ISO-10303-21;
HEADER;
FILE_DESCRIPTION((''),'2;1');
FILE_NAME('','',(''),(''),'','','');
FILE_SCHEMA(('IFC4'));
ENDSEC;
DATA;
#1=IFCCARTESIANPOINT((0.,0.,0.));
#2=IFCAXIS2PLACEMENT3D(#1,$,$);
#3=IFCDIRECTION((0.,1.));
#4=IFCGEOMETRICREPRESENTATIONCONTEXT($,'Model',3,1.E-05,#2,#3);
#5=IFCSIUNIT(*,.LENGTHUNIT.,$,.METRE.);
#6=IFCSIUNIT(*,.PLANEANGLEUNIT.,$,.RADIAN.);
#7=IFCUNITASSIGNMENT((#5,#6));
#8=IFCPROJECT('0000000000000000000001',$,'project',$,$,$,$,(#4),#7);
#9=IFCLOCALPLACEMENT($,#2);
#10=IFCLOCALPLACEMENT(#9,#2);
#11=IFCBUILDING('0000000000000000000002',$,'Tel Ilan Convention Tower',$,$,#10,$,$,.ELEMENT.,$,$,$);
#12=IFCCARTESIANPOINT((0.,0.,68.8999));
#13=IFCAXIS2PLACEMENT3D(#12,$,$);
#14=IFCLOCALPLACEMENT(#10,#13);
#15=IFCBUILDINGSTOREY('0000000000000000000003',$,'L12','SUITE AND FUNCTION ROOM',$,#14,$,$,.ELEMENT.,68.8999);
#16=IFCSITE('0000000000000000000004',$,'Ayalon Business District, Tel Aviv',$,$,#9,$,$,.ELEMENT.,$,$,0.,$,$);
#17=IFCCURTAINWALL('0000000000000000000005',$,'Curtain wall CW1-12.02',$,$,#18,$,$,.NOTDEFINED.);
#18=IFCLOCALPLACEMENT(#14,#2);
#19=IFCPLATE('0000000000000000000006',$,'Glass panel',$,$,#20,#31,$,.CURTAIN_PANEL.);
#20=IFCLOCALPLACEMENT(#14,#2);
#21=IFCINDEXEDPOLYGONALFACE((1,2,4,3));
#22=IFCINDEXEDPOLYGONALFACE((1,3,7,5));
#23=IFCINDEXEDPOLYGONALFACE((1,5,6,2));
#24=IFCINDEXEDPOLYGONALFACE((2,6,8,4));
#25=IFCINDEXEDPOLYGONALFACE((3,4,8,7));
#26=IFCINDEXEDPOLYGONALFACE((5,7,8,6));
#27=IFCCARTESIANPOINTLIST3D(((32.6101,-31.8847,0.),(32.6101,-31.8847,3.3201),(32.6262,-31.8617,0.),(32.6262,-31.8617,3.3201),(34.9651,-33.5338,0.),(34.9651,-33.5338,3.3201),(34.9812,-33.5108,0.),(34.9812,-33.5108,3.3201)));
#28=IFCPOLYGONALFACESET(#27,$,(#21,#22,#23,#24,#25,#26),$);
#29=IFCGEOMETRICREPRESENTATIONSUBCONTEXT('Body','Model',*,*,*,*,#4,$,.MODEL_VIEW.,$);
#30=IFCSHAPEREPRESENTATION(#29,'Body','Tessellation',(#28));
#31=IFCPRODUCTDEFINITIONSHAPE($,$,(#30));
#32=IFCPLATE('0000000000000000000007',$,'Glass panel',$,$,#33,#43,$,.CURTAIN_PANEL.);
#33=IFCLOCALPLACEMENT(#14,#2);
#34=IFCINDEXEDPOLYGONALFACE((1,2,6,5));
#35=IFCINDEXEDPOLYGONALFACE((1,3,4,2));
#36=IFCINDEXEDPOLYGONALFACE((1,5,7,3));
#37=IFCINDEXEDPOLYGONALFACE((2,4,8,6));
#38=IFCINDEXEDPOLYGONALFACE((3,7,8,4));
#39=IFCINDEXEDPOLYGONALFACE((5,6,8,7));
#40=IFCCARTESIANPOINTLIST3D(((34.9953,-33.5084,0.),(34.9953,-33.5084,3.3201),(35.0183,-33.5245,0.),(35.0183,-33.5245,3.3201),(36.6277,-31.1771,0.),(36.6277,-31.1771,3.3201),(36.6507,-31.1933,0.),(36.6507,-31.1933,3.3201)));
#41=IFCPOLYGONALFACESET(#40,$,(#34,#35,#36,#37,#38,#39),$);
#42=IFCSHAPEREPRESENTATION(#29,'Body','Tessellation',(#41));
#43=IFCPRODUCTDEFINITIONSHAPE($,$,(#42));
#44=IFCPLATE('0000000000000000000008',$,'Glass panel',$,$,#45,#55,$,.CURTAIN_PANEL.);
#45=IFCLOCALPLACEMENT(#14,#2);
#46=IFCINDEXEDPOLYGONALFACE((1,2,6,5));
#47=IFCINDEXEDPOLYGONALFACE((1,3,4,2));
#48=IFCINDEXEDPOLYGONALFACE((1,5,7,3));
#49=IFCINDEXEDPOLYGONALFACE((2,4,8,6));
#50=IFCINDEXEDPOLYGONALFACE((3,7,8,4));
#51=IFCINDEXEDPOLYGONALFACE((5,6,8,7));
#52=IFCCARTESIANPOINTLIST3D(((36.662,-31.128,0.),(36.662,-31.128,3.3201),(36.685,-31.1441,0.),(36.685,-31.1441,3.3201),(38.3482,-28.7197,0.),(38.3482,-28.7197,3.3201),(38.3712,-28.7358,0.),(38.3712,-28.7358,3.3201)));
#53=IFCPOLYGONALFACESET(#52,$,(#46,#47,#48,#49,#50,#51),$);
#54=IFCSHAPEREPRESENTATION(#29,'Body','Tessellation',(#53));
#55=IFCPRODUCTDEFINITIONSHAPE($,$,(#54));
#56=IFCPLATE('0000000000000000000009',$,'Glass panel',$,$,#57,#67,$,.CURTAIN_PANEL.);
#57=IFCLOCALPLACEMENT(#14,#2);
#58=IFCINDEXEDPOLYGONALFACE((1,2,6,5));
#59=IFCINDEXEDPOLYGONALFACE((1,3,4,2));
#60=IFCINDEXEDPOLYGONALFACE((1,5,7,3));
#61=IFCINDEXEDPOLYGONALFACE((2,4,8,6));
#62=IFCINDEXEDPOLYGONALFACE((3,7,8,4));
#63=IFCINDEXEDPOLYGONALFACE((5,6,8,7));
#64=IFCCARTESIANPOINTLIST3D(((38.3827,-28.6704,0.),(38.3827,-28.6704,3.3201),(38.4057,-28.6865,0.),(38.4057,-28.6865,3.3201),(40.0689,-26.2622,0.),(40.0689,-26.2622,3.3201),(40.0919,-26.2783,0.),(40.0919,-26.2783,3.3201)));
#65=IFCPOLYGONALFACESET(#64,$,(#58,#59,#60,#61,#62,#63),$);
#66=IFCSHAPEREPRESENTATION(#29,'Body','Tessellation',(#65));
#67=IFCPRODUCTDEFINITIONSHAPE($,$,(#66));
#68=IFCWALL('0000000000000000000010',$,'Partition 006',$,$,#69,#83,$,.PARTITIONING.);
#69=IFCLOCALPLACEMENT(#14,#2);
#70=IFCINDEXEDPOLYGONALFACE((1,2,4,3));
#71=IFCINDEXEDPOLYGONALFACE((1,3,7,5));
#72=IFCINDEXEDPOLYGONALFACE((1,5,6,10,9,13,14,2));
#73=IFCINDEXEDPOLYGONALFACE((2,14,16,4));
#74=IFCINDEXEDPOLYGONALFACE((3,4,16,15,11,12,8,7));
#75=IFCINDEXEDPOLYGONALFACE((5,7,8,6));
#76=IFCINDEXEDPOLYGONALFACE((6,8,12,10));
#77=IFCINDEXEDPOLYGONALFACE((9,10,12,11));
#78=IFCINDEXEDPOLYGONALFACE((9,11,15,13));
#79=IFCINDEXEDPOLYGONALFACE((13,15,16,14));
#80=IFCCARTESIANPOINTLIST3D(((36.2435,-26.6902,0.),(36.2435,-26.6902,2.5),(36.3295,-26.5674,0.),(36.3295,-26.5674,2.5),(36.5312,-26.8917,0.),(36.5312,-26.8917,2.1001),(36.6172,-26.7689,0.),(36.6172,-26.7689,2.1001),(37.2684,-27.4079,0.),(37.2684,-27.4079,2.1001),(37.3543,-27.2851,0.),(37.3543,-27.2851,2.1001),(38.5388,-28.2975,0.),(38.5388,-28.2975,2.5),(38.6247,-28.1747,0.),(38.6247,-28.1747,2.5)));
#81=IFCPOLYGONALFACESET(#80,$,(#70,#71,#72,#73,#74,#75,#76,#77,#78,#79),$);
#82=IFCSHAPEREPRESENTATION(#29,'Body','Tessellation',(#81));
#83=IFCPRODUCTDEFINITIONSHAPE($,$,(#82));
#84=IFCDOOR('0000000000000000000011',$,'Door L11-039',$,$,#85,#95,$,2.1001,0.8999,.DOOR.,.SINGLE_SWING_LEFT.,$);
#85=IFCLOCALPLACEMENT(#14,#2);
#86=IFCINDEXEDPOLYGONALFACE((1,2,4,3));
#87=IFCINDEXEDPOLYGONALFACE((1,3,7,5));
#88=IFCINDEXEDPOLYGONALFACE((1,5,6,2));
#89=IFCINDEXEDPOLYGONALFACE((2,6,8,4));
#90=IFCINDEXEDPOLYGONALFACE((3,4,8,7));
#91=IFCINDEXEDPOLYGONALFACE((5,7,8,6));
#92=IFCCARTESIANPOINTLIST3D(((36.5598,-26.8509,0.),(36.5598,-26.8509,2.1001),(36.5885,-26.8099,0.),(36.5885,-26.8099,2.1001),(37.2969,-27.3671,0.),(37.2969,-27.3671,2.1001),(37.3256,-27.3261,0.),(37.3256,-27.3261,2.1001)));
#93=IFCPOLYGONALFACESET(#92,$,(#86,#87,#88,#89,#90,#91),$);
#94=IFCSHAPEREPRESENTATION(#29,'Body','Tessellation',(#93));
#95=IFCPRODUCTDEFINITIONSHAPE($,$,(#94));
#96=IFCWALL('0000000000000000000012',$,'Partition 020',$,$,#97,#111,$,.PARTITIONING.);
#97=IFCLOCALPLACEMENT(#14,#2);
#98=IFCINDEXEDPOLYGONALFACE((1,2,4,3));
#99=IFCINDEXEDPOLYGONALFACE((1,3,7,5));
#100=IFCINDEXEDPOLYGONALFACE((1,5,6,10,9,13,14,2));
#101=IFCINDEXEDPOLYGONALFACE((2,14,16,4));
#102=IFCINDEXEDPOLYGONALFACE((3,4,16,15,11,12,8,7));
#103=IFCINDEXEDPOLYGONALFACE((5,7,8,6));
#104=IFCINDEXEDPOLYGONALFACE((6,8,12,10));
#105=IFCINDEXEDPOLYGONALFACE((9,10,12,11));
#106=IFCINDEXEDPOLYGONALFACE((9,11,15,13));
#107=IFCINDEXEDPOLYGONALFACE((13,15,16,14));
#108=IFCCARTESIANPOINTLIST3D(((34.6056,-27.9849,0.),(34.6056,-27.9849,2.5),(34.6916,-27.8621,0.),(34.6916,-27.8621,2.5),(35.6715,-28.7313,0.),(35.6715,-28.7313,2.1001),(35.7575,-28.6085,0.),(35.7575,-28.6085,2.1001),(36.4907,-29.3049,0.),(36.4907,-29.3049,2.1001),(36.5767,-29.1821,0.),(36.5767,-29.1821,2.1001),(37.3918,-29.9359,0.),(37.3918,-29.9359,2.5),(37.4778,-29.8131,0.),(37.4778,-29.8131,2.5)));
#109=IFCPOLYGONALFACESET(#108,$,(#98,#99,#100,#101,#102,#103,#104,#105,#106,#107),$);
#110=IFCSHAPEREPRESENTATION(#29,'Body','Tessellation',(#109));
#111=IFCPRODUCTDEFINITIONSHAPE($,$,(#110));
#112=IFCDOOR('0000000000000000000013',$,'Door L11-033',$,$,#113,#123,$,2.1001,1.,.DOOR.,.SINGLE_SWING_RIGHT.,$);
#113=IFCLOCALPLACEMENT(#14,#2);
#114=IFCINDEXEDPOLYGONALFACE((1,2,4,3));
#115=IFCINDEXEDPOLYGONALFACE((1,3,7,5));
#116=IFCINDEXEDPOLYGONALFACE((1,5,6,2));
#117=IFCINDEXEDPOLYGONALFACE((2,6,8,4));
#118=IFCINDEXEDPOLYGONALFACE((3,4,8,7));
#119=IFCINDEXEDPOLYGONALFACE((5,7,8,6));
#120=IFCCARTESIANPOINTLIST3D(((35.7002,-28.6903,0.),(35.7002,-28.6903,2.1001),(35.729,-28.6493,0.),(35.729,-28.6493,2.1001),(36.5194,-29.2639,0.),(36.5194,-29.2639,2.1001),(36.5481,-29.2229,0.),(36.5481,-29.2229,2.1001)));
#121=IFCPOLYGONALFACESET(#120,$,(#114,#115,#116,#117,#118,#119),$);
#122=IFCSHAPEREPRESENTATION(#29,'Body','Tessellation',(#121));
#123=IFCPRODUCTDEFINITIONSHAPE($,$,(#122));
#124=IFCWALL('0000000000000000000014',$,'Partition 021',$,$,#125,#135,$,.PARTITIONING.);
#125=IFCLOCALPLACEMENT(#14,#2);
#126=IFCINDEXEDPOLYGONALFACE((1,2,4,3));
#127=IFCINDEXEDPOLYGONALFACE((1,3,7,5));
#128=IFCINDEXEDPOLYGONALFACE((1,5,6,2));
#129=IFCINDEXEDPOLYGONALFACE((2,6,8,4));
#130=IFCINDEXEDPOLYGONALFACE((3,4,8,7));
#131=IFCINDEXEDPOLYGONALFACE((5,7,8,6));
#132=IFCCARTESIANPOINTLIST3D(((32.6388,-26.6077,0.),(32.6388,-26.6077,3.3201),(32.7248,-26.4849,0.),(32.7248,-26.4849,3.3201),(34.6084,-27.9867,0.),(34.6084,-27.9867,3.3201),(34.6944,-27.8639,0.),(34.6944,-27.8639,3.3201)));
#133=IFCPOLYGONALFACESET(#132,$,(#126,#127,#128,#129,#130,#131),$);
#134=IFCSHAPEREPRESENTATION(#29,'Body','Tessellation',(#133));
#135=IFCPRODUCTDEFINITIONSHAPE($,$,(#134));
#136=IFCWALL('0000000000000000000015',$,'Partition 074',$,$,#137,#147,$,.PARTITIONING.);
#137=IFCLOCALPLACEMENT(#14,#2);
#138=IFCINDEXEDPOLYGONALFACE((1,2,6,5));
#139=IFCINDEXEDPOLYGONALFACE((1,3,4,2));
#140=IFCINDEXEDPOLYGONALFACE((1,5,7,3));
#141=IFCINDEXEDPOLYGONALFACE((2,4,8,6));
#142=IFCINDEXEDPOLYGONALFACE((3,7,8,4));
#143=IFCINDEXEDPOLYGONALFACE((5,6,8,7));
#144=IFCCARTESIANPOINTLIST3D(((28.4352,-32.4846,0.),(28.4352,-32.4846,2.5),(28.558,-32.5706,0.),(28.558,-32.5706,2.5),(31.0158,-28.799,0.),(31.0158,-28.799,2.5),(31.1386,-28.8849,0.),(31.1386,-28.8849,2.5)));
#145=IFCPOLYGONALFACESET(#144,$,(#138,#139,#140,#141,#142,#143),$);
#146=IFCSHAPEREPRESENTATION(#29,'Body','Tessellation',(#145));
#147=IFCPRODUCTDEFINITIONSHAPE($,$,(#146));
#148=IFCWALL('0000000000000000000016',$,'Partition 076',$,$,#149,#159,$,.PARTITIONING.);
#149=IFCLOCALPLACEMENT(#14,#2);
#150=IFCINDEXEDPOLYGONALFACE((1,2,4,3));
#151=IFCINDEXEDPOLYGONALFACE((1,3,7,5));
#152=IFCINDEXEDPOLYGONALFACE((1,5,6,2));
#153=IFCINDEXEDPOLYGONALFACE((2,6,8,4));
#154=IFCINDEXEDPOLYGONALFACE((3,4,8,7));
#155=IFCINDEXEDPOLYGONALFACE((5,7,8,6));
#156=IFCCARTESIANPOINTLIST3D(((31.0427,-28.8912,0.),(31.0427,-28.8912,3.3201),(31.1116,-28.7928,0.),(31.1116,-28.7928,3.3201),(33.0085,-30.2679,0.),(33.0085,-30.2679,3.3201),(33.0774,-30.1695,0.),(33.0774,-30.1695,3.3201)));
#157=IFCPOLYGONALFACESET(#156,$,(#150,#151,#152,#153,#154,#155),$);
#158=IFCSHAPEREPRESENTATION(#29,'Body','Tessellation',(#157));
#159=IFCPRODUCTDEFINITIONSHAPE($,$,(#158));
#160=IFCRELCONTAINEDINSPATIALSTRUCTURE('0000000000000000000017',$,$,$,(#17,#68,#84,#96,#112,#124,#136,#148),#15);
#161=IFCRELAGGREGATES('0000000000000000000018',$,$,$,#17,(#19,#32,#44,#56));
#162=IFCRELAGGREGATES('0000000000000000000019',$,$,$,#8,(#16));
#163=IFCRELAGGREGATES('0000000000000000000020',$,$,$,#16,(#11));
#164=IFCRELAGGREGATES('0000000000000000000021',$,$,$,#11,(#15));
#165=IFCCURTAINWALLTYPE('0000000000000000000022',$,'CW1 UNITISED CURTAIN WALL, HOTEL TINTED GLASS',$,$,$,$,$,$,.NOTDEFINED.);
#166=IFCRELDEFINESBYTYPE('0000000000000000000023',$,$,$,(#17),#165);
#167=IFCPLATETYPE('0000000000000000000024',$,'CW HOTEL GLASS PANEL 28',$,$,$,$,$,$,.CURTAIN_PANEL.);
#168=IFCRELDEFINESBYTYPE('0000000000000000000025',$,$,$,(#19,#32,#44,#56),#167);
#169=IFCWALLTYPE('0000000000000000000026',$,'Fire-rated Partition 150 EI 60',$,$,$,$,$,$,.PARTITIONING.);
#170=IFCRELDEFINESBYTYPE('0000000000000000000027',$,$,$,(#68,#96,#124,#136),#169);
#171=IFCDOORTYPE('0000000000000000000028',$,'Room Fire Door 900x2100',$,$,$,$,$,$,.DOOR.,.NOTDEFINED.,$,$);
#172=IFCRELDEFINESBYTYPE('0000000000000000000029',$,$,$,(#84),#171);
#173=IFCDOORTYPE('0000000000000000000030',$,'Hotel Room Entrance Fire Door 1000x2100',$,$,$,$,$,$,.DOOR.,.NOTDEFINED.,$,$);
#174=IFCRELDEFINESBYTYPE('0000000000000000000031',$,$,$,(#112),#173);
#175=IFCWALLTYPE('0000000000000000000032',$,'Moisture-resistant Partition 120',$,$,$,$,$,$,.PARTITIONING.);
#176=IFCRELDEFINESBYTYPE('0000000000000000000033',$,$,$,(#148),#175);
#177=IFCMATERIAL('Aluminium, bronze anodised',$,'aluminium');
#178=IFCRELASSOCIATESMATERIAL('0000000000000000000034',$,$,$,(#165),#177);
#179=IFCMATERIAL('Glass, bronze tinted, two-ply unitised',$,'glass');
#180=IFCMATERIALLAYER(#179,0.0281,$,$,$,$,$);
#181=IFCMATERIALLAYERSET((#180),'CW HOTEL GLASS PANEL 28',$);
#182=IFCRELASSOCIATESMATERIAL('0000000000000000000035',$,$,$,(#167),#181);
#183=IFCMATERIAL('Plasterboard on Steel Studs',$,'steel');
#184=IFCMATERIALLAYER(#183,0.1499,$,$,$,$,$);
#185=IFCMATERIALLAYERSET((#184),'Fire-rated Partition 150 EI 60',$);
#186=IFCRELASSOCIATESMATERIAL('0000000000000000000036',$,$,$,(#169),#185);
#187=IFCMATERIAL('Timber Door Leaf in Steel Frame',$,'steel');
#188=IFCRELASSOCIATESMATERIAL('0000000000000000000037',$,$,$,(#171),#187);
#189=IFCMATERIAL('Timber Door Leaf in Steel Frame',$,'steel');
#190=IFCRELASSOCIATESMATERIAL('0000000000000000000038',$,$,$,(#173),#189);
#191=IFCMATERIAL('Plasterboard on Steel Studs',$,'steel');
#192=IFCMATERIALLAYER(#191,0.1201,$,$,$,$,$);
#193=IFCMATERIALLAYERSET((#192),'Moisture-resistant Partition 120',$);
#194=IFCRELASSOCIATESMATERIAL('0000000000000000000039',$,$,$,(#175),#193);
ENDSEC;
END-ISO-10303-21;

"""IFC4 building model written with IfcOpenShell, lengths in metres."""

from ifc_helpers import new_model, si_unit, direction, frame, frame_2d, origin, origin_2d, place, context, subcontext, project, spatial, rectangle, extrude, material, layer, layer_set, type_object, element, fill, aggregate, save


model = new_model("IFC4")

# Units and contexts
model_context = context("Model", 3, precision=1e-05, world=origin(), true_north=direction((0.0, 1.0)))
body_context = subcontext(model_context, "Body", "Model", "MODEL_VIEW")
ifc_project = project(units=[si_unit("LENGTHUNIT", "METRE"), si_unit("PLANEANGLEUNIT", "RADIAN")], contexts=[model_context])

# Site, building, storey
site_placement = place(None, origin())
site = spatial("IfcSite", under=ifc_project, at=site_placement, Name="Ayalon Business District, Tel Aviv", CompositionType="ELEMENT", RefElevation=0.0)
building_placement = place(site_placement, origin())
building = spatial("IfcBuilding", under=site, at=building_placement, Name="Tel Ilan Convention Tower", CompositionType="ELEMENT")
storey_placement = place(building_placement, frame((0.0, 0.0, 68.8999)))
storey = spatial("IfcBuildingStorey", under=building, at=storey_placement, Name="L12", Description="SUITE AND FUNCTION ROOM", CompositionType="ELEMENT", Elevation=68.8999)

# Curtain wall, plates
ifc_material_1 = material(Name="Aluminium, bronze anodised", Category="aluminium")
curtain_wall_type = type_object("IfcCurtainWallType", Name="CW1 UNITISED CURTAIN WALL, HOTEL TINTED GLASS", PredefinedType="NOTDEFINED", material=ifc_material_1)
curtain_wall_placement = place(storey_placement, origin())
curtain_wall = element("IfcCurtainWall", 1, at=curtain_wall_placement, inside=storey, type_object=curtain_wall_type, Name="Curtain wall CW1-12.02", PredefinedType="NOTDEFINED")
ifc_material_2 = material(Name="Glass, bronze tinted, two-ply unitised", Category="glass")
ifc_layer_1 = layer(ifc_material_2, 0.0281)
ifc_layer_set_1 = layer_set([ifc_layer_1], Name="CW HOTEL GLASS PANEL 28")
plate_type = type_object("IfcPlateType", Name="CW HOTEL GLASS PANEL 28", PredefinedType="CURTAIN_PANEL", material=ifc_layer_set_1)
plate_1_placement = place(storey_placement, frame((33.7957, -32.6978, 0.0), z_axis=(0.0, 0.0, 1.0), x_axis=(0.819152, -0.573576, 0.0)))
plate_1 = element("IfcPlate", 2, at=plate_1_placement, type_object=plate_type, Name="Glass panel", PredefinedType="CURTAIN_PANEL", context=body_context, shape_type="SweptSolid", body=[
    extrude(rectangle(XDim=2.875, YDim=0.0281, at=origin_2d()), origin(), (0.0, 0.0, 1.0), 3.3201),
])
plate_2_placement = place(storey_placement, frame((35.823, -32.3508, 0.0), z_axis=(0.0, 0.0, 1.0), x_axis=(0.573576, 0.819152, 0.0)))
plate_2 = element("IfcPlate", 3, at=plate_2_placement, type_object=plate_type, Name="Glass panel", PredefinedType="CURTAIN_PANEL", context=body_context, shape_type="SweptSolid", body=[
    extrude(rectangle(XDim=2.8459, YDim=0.0281, at=origin_2d()), origin(), (0.0, 0.0, 1.0), 3.3201),
])
plate_3_placement = place(storey_placement, frame((37.5166, -29.9319, 0.0), z_axis=(0.0, 0.0, 1.0), x_axis=(0.573576, 0.819152, 0.0)))
plate_3 = element("IfcPlate", 4, at=plate_3_placement, type_object=plate_type, Name="Glass panel", PredefinedType="CURTAIN_PANEL", context=body_context, shape_type="SweptSolid", body=[
    extrude(rectangle(XDim=2.9399, YDim=0.0281, at=origin_2d()), origin(), (0.0, 0.0, 1.0), 3.3201),
])
plate_4_placement = place(storey_placement, frame((39.2373, -27.4744, 0.0), z_axis=(0.0, 0.0, 1.0), x_axis=(0.573576, 0.819152, 0.0)))
plate_4 = element("IfcPlate", 5, at=plate_4_placement, type_object=plate_type, Name="Glass panel", PredefinedType="CURTAIN_PANEL", context=body_context, shape_type="SweptSolid", body=[
    extrude(rectangle(XDim=2.9399, YDim=0.0281, at=origin_2d()), origin(), (0.0, 0.0, 1.0), 3.3201),
])
aggregate(curtain_wall, [plate_1, plate_2, plate_3, plate_4])

# Walls, openings, doors
ifc_material_3 = material(Name="Plasterboard on Steel Studs", Category="steel")
ifc_layer_2 = layer(ifc_material_3, 0.1499)
ifc_layer_set_2 = layer_set([ifc_layer_2], Name="Fire-rated Partition 150 EI 60")
wall_type_1 = type_object("IfcWallType", Name="Fire-rated Partition 150 EI 60", PredefinedType="PARTITIONING", material=ifc_layer_set_2)
wall_1_placement = place(storey_placement, frame((36.2866, -26.6289, 0.0), z_axis=(0.0, 0.0, 1.0), x_axis=(0.819138, -0.573597, 0.0)))
wall_1 = element("IfcWall", 6, at=wall_1_placement, inside=storey, type_object=wall_type_1, Name="Partition 006", PredefinedType="PARTITIONING", context=body_context, shape_type="SweptSolid", body=[
    extrude(rectangle(XDim=2.802, YDim=0.1499, at=frame_2d((1.4009, 0.0))), origin(), (0.0, 0.0, 1.0), 2.5),
])
opening_1_placement = place(wall_1_placement, frame((0.3511, 0.0, 0.0)))
opening_1 = element("IfcOpeningElement", 7, at=opening_1_placement, cuts=wall_1, PredefinedType="OPENING", context=body_context, shape_type="SweptSolid", body=[
    extrude(rectangle(XDim=0.8999, YDim=2.1001, at=frame_2d((0.45, 1.05))), frame((0.0, 0.085, 0.0), z_axis=(0.0, -1.0, 0.0), x_axis=(1.0, 0.0, 0.0)), (0.0, 0.0, 1.0), 0.1699),
])
ifc_material_4 = material(Name="Timber Door Leaf in Steel Frame", Category="steel")
door_type_1 = type_object("IfcDoorType", Name="Room Fire Door 900x2100", OperationType="NOTDEFINED", PredefinedType="DOOR", material=ifc_material_4)
door_1_placement = place(opening_1_placement, origin())
door_1 = element("IfcDoor", 8, at=door_1_placement, inside=storey, type_object=door_type_1, Name="Door L11-039", OperationType="SINGLE_SWING_LEFT", OverallHeight=2.1001, OverallWidth=0.8999, PredefinedType="DOOR", context=body_context, shape_type="SweptSolid", body=[
    extrude(rectangle(XDim=0.8999, YDim=2.1001, at=frame_2d((0.45, 1.05))), frame((0.0, 0.0249, 0.0), z_axis=(0.0, -1.0, 0.0), x_axis=(1.0, 0.0, 0.0)), (0.0, 0.0, 1.0), 0.05),
])
fill(opening_1, door_1)
wall_2_placement = place(storey_placement, frame((37.4348, -29.8745, 0.0), z_axis=(0.0, 0.0, 1.0), x_axis=(-0.819144, 0.573588, 0.0)))
wall_2 = element("IfcWall", 9, at=wall_2_placement, inside=storey, type_object=wall_type_1, Name="Partition 020", PredefinedType="PARTITIONING", context=body_context, shape_type="SweptSolid", body=[
    extrude(rectangle(XDim=3.4014, YDim=0.1499, at=frame_2d((1.7007, 0.0))), origin(), (0.0, 0.0, 1.0), 2.5),
])
opening_2_placement = place(wall_2_placement, frame((1.1001, 0.0, 0.0)))
opening_2 = element("IfcOpeningElement", 10, at=opening_2_placement, cuts=wall_2, PredefinedType="OPENING", context=body_context, shape_type="SweptSolid", body=[
    extrude(rectangle(XDim=1.0, YDim=2.1001, at=frame_2d((0.5, 1.05))), frame((0.0, 0.085, 0.0), z_axis=(0.0, -1.0, 0.0), x_axis=(1.0, 0.0, 0.0)), (0.0, 0.0, 1.0), 0.1699),
])
ifc_material_5 = material(Name="Timber Door Leaf in Steel Frame", Category="steel")
door_type_2 = type_object("IfcDoorType", Name="Hotel Room Entrance Fire Door 1000x2100", OperationType="NOTDEFINED", PredefinedType="DOOR", material=ifc_material_5)
door_2_placement = place(opening_2_placement, origin())
door_2 = element("IfcDoor", 11, at=door_2_placement, inside=storey, type_object=door_type_2, Name="Door L11-033", OperationType="SINGLE_SWING_RIGHT", OverallHeight=2.1001, OverallWidth=1.0, PredefinedType="DOOR", context=body_context, shape_type="SweptSolid", body=[
    extrude(rectangle(XDim=1.0, YDim=2.1001, at=frame_2d((0.5, 1.05))), frame((0.0, 0.0249, 0.0), z_axis=(0.0, -1.0, 0.0), x_axis=(1.0, 0.0, 0.0)), (0.0, 0.0, 1.0), 0.05),
])
fill(opening_2, door_2)

# Walls
wall_3_placement = place(storey_placement, frame((34.6514, -27.9253, 0.0), z_axis=(0.0, 0.0, 1.0), x_axis=(-0.819179, 0.573537, 0.0)))
element("IfcWall", 12, at=wall_3_placement, inside=storey, type_object=wall_type_1, Name="Partition 021", PredefinedType="PARTITIONING", context=body_context, shape_type="SweptSolid", body=[
    extrude(rectangle(XDim=2.4043, YDim=0.1499, at=frame_2d((1.2021, 0.0))), origin(), (0.0, 0.0, 1.0), 3.3201),
])
wall_4_placement = place(storey_placement, frame((31.0771, -28.842, 0.0), z_axis=(0.0, 0.0, 1.0), x_axis=(-0.573564, -0.819161, 0.0)))
element("IfcWall", 13, at=wall_4_placement, inside=storey, type_object=wall_type_1, Name="Partition 074", PredefinedType="PARTITIONING", context=body_context, shape_type="SweptSolid", body=[
    extrude(rectangle(XDim=4.4993, YDim=0.1499, at=frame_2d((2.2495, 0.0))), origin(), (0.0, 0.0, 1.0), 2.5),
])
ifc_material_6 = material(Name="Plasterboard on Steel Studs", Category="steel")
ifc_layer_3 = layer(ifc_material_6, 0.1201)
ifc_layer_set_3 = layer_set([ifc_layer_3], Name="Moisture-resistant Partition 120")
wall_type_2 = type_object("IfcWallType", Name="Moisture-resistant Partition 120", PredefinedType="PARTITIONING", material=ifc_layer_set_3)
wall_5_placement = place(storey_placement, frame((31.0771, -28.842, 0.0), z_axis=(0.0, 0.0, 1.0), x_axis=(0.819108, -0.57364, 0.0)))
element("IfcWall", 14, at=wall_5_placement, inside=storey, type_object=wall_type_2, Name="Partition 076", PredefinedType="PARTITIONING", context=body_context, shape_type="SweptSolid", body=[
    extrude(rectangle(XDim=2.3999, YDim=0.1201, at=frame_2d((1.2, 0.0))), origin(), (0.0, 0.0, 1.0), 3.3201),
])

save(model, "model.ifc")
